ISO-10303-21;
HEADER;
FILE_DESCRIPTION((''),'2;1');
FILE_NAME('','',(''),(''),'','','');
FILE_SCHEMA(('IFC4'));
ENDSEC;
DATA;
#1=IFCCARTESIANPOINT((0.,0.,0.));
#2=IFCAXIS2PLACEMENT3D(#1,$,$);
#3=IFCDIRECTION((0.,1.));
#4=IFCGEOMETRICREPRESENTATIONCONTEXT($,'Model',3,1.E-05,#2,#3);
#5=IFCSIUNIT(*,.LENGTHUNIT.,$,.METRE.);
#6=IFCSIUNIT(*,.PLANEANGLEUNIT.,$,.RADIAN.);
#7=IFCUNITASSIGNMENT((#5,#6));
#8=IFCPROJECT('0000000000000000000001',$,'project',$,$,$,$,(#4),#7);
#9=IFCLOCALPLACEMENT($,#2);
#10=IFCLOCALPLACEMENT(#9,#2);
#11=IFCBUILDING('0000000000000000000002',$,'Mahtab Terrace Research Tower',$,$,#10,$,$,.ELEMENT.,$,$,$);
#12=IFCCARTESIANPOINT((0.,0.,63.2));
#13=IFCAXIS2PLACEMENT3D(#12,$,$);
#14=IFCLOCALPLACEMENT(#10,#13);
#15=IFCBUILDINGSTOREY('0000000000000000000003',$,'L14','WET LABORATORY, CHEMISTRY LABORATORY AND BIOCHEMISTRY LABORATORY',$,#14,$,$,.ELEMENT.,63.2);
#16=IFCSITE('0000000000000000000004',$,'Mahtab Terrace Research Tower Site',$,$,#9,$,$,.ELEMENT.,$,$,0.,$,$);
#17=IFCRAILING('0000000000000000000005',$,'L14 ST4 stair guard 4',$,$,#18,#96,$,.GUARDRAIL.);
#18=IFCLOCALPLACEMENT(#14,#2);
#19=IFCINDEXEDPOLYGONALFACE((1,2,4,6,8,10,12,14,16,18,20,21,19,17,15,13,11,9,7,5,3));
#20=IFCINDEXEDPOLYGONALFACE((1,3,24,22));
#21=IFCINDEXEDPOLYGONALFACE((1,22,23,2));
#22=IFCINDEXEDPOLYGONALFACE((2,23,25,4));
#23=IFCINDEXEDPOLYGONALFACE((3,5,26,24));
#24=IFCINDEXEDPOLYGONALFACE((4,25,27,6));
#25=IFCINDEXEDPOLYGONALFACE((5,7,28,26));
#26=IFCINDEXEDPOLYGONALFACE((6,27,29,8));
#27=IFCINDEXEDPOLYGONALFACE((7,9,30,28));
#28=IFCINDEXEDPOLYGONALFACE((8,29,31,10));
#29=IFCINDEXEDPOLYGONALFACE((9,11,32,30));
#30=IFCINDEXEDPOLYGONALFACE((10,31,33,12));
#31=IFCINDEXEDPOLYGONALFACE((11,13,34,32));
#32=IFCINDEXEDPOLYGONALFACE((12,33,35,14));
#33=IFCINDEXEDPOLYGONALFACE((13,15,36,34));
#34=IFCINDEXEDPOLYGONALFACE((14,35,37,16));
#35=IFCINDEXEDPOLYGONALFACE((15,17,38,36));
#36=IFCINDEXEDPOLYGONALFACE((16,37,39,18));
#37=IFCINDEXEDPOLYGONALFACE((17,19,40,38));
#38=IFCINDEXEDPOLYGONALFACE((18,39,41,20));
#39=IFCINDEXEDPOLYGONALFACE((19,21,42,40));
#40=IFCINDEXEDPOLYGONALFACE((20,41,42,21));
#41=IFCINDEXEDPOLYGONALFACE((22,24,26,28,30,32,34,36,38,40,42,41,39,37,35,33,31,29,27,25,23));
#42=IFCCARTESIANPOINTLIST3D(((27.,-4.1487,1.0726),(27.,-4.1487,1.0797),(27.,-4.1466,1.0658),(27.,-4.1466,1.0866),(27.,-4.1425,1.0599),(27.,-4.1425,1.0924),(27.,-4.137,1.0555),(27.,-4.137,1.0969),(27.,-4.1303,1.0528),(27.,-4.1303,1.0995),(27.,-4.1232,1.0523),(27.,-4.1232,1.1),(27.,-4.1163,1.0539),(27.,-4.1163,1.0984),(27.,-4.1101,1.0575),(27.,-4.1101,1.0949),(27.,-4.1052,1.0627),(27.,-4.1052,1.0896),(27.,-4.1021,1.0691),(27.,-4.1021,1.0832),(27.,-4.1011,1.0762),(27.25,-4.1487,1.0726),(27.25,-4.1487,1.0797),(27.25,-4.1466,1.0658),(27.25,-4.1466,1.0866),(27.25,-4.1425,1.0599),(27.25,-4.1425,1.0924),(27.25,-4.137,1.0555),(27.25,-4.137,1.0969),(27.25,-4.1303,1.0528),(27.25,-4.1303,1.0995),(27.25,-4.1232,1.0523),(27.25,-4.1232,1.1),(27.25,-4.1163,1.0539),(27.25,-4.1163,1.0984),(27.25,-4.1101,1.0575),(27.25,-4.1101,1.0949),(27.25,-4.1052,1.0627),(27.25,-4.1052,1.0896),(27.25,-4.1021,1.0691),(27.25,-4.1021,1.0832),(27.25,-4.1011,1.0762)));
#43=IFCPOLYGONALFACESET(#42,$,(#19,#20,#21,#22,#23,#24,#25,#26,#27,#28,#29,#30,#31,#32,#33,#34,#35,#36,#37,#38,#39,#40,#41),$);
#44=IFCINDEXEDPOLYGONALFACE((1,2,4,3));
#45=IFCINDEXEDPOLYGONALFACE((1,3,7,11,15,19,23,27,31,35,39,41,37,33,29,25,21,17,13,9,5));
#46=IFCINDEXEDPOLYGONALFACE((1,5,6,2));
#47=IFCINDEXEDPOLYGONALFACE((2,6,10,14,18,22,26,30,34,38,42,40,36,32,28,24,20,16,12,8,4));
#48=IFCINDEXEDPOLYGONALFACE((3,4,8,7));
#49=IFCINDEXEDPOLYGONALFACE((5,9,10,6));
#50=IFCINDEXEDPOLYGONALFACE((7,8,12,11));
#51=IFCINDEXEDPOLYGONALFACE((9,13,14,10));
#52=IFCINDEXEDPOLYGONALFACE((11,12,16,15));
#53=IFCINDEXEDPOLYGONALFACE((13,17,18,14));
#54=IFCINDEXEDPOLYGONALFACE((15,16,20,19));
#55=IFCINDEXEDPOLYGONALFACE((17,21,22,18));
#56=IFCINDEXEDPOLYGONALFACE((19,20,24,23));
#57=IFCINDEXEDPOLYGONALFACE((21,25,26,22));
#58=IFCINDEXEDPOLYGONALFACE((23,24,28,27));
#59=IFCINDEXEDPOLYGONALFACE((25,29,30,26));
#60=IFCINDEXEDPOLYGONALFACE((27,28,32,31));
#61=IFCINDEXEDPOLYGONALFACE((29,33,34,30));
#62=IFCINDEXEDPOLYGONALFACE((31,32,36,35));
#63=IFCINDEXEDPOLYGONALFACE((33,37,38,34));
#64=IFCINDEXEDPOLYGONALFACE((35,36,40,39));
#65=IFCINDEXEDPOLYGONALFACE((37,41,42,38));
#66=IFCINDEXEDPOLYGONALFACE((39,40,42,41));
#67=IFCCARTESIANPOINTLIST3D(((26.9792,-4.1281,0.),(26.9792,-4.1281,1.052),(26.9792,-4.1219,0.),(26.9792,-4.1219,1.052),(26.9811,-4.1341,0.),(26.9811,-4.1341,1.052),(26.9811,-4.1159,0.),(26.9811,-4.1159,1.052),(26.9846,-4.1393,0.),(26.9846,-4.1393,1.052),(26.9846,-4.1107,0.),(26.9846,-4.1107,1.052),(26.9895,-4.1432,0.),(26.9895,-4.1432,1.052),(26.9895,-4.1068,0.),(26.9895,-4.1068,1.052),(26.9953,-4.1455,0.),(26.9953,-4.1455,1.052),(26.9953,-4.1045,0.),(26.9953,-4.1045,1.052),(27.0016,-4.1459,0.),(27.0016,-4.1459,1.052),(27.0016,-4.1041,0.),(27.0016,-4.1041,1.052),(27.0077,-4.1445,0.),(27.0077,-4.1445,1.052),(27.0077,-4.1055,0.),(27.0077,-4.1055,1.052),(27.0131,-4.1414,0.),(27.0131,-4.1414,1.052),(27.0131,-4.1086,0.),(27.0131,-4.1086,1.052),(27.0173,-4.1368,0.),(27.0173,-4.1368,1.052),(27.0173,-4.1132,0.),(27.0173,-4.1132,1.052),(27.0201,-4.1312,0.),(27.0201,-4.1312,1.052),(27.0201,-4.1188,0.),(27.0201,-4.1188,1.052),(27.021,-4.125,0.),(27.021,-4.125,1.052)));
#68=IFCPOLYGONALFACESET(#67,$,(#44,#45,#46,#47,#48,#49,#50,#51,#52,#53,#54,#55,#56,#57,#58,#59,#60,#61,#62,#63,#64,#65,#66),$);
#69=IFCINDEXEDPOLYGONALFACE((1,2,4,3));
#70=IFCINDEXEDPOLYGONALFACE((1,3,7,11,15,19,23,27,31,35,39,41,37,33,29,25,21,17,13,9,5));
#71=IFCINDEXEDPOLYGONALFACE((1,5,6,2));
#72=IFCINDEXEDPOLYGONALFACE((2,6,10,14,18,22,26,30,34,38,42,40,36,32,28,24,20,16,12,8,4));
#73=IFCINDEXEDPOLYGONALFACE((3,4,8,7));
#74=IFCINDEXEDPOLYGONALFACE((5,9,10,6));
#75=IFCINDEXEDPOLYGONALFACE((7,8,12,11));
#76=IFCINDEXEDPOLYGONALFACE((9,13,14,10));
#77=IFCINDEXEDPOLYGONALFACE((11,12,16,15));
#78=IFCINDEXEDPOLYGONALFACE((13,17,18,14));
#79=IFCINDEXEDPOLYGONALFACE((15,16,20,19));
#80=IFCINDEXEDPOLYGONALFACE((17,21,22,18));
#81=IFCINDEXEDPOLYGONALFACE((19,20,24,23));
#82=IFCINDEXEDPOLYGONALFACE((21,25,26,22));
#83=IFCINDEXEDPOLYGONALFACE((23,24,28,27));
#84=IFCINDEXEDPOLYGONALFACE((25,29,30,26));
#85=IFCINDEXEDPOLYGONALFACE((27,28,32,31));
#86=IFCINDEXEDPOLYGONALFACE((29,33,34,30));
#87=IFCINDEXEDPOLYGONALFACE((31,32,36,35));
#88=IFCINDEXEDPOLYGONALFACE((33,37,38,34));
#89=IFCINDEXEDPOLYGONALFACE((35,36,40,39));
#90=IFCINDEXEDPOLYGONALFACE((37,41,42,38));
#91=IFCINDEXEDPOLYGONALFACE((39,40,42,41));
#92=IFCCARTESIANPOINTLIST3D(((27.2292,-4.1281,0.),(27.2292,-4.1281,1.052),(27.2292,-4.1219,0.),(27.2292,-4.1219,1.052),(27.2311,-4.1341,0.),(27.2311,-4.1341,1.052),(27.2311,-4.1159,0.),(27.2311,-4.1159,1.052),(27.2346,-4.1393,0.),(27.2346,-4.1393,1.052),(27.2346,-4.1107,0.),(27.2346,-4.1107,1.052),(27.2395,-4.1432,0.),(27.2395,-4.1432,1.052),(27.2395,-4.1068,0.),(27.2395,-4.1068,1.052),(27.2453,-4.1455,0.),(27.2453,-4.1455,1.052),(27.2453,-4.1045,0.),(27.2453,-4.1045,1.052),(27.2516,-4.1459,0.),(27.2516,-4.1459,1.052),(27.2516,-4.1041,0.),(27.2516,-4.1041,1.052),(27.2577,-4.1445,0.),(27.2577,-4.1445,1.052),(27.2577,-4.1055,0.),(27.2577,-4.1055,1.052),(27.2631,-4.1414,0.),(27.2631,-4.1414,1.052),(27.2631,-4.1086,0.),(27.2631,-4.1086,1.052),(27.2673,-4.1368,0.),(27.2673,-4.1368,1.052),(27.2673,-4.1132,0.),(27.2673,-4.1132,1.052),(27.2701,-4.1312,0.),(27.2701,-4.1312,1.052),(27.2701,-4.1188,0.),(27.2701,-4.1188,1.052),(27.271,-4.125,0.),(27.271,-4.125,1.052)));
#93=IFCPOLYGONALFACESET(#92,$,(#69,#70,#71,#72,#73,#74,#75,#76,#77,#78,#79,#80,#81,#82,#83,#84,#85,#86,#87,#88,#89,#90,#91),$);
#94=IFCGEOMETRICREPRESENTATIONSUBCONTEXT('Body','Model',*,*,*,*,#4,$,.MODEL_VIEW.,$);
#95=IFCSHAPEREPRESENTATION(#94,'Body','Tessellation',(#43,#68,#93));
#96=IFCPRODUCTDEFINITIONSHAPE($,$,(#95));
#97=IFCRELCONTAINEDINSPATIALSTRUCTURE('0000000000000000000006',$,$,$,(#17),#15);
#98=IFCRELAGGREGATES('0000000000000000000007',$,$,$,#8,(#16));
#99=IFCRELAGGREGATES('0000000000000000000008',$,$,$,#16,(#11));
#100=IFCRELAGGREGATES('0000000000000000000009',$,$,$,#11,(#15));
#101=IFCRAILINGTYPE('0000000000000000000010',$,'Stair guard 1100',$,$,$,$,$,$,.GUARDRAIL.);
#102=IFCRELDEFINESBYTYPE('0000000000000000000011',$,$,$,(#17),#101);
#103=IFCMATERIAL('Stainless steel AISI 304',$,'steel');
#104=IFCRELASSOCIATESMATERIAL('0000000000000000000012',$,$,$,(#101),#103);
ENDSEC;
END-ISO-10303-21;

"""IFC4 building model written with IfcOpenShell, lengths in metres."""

from ifc_helpers import new_model, si_unit, direction, frame, origin, origin_2d, place, context, subcontext, project, spatial, circle, extrude, material, type_object, element, save


model = new_model("IFC4")

# Units and contexts
model_context = context("Model", 3, precision=1e-05, world=origin(), true_north=direction((0.0, 1.0)))
body_context = subcontext(model_context, "Body", "Model", "MODEL_VIEW")
ifc_project = project(units=[si_unit("LENGTHUNIT", "METRE"), si_unit("PLANEANGLEUNIT", "RADIAN")], contexts=[model_context])

# Site, building, storey
site_placement = place(None, origin())
site = spatial("IfcSite", under=ifc_project, at=site_placement, Name="Mahtab Terrace Research Tower Site", CompositionType="ELEMENT", RefElevation=0.0)
building_placement = place(site_placement, origin())
building = spatial("IfcBuilding", under=site, at=building_placement, Name="Mahtab Terrace Research Tower", CompositionType="ELEMENT")
storey_placement = place(building_placement, frame((0.0, 0.0, 63.2)))
storey = spatial("IfcBuildingStorey", under=building, at=storey_placement, Name="L14", Description="WET LABORATORY, CHEMISTRY LABORATORY AND BIOCHEMISTRY LABORATORY", CompositionType="ELEMENT", Elevation=63.2)

# Railing
ifc_material_1 = material(Name="Stainless steel AISI 304", Category="steel")
railing_type_1 = type_object("IfcRailingType", Name="Stair guard 1100", PredefinedType="GUARDRAIL", material=ifc_material_1)
railing_1_placement = place(storey_placement, frame((27.0, -4.125, 0.0)))
element("IfcRailing", 1, at=railing_1_placement, inside=storey, type_object=railing_type_1, Name="L14 ST4 stair guard 4", PredefinedType="GUARDRAIL", context=body_context, shape_type="SweptSolid", body=[
    extrude(circle(Radius=0.0239, at=origin_2d()), frame((0.0, 0.0, 1.0762), z_axis=(1.0, 0.0, 0.0), x_axis=(0.0, 1.0, 0.0)), (0.0, 0.0, 1.0), 0.25),
    extrude(circle(Radius=0.021, at=origin_2d()), origin(), (0.0, 0.0, 1.0), 1.052),
    extrude(circle(Radius=0.021, at=origin_2d()), frame((0.25, 0.0, 0.0)), (0.0, 0.0, 1.0), 1.052),
])

save(model, "model.ifc")
